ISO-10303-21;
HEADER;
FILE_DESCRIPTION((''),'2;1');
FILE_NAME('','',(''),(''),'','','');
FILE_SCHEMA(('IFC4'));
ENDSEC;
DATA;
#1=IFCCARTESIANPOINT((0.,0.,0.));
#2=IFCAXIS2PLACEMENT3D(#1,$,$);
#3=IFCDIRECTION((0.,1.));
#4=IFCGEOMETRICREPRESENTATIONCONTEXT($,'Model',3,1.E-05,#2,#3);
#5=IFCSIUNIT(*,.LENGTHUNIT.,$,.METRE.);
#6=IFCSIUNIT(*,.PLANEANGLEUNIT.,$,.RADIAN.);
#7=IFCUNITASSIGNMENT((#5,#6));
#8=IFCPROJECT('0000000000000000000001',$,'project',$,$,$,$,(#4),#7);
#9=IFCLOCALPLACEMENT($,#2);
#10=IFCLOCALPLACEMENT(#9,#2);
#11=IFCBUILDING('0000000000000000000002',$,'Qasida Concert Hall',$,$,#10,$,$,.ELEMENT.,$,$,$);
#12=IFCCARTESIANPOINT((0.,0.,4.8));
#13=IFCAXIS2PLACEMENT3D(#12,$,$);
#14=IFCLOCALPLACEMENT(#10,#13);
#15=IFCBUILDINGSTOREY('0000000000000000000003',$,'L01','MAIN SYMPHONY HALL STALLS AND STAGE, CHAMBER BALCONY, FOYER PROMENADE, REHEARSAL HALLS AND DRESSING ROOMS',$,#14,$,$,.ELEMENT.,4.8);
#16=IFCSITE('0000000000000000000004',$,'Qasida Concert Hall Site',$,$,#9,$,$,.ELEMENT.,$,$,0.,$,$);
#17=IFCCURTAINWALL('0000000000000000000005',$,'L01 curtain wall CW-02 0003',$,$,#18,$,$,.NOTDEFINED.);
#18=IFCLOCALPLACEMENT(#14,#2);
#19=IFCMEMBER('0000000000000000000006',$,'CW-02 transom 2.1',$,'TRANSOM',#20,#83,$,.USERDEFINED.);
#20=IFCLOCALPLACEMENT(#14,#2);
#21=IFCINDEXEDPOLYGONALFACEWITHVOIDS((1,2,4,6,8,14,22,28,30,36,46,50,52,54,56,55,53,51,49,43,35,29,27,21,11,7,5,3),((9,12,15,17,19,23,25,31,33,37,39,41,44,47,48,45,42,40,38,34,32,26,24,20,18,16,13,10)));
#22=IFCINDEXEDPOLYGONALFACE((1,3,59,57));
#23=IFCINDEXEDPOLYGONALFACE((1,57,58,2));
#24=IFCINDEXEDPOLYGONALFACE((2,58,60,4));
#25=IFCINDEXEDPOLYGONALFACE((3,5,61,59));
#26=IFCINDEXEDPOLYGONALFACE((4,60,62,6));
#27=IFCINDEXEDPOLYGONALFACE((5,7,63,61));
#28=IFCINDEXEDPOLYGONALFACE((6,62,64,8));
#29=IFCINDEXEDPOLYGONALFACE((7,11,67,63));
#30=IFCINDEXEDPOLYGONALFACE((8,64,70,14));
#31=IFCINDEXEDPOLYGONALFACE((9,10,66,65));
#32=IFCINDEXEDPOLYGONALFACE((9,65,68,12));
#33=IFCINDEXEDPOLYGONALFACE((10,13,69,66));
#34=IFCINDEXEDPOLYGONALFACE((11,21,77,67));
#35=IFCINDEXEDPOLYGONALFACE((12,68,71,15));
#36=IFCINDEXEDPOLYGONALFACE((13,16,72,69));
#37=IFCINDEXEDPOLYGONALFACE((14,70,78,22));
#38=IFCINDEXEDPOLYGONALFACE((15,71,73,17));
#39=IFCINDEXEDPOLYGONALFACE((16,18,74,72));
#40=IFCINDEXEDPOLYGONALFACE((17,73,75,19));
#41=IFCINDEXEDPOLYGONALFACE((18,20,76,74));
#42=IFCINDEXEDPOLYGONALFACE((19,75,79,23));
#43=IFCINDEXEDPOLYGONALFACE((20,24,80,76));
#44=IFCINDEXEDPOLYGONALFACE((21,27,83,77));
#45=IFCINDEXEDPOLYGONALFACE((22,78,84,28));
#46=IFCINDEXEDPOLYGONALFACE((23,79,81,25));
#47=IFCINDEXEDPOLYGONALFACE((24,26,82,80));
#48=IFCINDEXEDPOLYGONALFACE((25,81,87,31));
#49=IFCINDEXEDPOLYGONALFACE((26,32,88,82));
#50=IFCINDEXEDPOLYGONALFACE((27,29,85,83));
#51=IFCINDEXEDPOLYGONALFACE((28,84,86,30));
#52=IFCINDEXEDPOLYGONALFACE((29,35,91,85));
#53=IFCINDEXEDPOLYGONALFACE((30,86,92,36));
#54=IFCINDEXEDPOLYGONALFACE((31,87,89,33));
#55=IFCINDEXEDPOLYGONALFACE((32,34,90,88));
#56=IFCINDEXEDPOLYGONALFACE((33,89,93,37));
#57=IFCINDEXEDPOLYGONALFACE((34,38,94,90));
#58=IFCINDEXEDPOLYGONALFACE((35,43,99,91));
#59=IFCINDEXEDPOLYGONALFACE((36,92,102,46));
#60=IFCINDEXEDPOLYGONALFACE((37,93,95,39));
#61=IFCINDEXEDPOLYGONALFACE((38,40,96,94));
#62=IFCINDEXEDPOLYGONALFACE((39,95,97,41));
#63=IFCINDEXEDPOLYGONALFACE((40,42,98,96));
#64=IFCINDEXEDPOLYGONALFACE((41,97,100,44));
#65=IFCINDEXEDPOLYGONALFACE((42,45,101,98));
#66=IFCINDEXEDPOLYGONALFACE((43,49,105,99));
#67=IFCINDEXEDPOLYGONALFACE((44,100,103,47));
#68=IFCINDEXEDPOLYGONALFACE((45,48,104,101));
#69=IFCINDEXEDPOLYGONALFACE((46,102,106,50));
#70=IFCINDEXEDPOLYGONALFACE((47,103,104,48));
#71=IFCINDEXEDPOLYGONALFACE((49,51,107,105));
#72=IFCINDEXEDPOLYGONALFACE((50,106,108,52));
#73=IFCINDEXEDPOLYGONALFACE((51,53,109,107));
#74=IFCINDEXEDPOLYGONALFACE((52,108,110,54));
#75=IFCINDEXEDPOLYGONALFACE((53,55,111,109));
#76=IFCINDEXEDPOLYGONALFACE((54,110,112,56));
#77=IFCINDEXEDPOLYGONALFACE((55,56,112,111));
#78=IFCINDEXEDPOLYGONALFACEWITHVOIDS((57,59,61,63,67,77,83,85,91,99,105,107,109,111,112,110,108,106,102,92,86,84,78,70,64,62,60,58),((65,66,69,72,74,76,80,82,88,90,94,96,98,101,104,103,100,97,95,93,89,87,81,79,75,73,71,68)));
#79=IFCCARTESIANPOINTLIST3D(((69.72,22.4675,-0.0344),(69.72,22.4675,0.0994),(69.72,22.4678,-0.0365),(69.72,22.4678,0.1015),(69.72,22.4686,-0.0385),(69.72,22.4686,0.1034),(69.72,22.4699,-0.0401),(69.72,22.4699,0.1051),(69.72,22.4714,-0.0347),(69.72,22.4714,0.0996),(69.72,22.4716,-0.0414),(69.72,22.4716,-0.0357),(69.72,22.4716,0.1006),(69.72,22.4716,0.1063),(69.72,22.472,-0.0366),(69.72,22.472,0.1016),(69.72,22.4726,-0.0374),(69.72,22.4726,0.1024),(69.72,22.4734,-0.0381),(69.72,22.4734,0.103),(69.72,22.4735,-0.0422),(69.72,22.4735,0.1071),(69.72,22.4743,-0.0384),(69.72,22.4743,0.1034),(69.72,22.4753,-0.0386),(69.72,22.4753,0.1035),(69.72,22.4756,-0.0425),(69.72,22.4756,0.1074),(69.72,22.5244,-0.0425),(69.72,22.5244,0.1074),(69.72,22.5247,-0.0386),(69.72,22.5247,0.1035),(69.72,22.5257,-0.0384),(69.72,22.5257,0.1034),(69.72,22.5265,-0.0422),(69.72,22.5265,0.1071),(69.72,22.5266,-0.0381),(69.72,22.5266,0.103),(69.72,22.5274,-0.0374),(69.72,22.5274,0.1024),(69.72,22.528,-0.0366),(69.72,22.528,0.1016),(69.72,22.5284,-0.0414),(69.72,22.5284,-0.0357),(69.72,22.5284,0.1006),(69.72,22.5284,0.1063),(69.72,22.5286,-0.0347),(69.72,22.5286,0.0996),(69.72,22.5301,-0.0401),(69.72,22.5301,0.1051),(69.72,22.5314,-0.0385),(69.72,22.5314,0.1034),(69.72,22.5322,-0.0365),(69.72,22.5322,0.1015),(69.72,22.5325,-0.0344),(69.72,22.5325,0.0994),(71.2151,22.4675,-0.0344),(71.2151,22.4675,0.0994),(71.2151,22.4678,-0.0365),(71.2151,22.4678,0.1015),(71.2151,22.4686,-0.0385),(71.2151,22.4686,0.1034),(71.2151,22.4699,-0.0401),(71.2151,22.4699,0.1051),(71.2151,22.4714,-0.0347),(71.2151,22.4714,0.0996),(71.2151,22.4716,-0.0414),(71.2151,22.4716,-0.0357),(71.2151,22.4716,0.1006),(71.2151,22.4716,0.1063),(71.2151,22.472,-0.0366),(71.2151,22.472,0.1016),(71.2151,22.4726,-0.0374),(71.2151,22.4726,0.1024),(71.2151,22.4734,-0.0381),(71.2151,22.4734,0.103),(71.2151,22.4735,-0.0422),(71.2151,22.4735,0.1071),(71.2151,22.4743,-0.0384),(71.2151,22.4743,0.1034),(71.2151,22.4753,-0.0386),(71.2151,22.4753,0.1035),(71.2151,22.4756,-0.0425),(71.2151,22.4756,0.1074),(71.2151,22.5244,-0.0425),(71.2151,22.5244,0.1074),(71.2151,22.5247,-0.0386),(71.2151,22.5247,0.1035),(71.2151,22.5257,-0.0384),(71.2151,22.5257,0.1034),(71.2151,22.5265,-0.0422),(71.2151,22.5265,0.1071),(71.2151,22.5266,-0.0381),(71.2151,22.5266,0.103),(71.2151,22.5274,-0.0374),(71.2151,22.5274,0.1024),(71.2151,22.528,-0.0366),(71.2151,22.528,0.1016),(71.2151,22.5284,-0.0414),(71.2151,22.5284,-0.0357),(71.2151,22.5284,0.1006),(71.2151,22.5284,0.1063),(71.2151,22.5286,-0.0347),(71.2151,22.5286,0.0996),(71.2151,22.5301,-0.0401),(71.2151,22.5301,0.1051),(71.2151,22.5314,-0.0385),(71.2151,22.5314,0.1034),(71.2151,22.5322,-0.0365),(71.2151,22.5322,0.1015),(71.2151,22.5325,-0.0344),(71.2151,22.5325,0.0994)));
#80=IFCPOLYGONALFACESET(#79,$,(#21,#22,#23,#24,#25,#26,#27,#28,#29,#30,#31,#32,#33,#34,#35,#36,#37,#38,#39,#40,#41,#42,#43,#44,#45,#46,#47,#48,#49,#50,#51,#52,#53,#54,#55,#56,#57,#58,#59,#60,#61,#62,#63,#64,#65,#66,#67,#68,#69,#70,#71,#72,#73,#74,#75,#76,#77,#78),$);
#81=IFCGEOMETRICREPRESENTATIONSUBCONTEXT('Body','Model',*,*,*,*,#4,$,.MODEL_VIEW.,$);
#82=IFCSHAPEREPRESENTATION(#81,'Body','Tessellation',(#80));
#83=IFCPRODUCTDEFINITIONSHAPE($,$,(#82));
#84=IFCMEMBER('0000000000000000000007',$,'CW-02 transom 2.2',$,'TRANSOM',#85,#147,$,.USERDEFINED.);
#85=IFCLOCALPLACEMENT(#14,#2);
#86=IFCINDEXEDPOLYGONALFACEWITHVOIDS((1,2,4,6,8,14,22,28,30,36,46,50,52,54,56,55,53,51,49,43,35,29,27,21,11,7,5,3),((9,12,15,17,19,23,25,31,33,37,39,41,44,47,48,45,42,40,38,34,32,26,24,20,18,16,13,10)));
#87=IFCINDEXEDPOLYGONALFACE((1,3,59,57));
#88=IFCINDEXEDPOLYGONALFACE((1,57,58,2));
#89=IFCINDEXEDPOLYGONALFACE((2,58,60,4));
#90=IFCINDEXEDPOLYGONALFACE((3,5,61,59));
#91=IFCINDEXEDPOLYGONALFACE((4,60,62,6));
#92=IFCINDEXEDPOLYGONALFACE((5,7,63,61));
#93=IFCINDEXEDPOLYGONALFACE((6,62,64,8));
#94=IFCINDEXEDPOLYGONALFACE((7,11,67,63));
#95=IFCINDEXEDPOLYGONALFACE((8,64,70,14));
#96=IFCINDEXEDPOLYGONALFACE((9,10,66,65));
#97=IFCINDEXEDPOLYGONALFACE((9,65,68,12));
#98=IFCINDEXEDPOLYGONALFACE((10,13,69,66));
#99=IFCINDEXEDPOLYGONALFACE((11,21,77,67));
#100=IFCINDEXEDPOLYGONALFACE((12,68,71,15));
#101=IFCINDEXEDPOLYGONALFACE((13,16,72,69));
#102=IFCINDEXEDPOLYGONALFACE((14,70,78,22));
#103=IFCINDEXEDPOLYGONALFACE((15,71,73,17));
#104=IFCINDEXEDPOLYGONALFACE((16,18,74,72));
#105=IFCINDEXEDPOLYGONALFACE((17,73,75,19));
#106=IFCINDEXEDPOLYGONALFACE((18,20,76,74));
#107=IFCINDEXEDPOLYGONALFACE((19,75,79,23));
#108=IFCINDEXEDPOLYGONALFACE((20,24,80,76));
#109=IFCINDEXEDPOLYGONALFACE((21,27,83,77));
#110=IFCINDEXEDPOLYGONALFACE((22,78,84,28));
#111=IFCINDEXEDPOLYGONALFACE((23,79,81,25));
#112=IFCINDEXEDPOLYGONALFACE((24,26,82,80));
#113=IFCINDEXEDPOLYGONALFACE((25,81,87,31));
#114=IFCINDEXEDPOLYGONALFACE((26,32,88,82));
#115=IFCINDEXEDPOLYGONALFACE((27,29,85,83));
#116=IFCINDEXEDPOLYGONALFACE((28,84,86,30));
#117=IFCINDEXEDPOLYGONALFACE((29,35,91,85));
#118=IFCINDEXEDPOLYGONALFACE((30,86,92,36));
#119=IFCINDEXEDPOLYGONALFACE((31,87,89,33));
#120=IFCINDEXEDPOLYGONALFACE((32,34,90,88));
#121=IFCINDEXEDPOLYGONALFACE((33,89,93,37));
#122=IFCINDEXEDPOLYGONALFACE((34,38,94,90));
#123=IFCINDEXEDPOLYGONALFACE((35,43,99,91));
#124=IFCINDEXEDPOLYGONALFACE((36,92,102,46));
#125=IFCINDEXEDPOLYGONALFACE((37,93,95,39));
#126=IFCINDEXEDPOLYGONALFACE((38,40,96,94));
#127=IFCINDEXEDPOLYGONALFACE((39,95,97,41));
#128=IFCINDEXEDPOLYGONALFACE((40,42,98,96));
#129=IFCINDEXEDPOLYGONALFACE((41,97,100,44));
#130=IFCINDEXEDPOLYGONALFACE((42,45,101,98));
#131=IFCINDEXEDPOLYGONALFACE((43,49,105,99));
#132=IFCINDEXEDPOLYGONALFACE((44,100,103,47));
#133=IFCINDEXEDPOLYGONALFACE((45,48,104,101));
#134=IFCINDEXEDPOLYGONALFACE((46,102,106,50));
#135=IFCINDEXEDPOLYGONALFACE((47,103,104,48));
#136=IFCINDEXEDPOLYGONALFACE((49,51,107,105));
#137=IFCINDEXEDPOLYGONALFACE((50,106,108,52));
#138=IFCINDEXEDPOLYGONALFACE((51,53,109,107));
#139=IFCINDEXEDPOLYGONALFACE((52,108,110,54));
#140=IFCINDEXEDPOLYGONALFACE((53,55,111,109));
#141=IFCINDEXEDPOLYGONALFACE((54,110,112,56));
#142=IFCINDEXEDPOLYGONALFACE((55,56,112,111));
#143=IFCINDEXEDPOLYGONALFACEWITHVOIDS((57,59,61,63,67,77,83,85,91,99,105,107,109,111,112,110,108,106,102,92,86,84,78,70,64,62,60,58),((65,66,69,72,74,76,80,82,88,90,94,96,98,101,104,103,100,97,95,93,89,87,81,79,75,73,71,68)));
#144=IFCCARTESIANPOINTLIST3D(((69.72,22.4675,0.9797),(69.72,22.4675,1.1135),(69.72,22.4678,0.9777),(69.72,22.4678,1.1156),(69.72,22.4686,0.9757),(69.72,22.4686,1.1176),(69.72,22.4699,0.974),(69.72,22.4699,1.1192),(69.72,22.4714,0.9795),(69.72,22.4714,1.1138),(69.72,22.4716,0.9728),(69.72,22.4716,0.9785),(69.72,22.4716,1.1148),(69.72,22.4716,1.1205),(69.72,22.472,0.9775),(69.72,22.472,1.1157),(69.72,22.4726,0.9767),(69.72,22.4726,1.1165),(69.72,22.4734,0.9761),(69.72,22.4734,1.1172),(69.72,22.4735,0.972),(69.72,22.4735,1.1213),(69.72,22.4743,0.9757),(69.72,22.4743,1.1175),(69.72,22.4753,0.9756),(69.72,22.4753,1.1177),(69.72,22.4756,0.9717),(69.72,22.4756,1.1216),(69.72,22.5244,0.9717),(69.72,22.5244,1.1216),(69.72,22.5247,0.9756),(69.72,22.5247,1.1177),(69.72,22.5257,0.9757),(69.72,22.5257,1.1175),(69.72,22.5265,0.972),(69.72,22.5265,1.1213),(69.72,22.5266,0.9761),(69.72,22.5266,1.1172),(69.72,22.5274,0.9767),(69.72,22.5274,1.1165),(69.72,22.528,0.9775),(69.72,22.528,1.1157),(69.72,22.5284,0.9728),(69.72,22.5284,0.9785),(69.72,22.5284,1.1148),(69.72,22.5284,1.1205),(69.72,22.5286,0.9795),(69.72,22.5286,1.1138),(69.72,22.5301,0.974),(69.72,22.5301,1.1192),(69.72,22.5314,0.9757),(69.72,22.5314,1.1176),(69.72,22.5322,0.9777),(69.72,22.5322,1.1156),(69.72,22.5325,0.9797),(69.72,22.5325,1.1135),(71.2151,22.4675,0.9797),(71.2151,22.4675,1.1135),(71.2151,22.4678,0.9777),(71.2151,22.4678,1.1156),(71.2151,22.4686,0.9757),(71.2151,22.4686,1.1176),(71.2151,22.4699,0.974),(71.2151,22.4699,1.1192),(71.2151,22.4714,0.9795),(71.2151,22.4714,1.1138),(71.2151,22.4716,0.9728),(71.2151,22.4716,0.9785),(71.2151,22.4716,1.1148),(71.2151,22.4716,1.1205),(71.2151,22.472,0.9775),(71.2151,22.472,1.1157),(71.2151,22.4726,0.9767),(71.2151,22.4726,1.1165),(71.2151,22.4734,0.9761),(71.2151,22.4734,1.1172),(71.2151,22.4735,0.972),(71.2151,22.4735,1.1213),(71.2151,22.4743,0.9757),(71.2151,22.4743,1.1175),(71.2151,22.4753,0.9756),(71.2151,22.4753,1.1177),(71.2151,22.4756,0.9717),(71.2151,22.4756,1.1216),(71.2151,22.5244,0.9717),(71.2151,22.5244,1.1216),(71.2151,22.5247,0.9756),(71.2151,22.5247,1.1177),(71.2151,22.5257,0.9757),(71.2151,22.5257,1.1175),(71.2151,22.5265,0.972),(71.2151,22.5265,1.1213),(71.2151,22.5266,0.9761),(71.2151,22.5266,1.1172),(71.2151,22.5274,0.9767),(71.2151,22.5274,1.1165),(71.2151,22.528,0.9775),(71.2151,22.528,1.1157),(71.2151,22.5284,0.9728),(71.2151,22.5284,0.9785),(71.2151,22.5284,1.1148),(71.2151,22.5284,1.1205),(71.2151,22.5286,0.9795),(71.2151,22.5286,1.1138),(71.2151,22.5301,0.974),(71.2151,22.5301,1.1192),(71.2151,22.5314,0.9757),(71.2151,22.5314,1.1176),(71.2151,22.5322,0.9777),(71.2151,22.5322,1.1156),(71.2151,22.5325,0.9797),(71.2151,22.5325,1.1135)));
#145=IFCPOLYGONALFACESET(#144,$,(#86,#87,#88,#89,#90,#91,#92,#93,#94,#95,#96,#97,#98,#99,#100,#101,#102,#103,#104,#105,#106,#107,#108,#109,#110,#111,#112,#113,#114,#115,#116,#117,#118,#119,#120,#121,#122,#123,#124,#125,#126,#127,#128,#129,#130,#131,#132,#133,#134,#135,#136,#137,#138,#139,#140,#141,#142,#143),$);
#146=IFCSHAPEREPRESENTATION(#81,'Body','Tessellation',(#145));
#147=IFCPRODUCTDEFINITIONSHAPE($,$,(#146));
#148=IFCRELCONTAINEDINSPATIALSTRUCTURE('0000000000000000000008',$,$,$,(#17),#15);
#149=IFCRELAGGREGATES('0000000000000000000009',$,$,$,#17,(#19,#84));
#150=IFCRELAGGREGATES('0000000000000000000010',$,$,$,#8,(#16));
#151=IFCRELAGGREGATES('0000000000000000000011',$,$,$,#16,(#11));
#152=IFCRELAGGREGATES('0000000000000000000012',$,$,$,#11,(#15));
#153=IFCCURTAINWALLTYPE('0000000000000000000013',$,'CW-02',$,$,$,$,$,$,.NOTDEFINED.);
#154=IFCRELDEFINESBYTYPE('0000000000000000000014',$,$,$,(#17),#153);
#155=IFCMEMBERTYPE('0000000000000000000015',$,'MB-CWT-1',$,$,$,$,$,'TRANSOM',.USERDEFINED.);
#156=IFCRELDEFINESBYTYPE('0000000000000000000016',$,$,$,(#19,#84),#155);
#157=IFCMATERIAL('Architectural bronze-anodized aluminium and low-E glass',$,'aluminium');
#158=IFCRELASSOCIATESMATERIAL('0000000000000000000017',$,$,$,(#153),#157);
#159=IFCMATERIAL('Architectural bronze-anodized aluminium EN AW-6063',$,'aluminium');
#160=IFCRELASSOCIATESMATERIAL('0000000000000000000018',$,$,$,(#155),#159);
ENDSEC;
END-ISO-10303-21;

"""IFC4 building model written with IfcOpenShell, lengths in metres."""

from ifc_helpers import new_model, si_unit, direction, frame, origin, origin_2d, place, context, subcontext, project, spatial, hollow_rectangle, extrude, material, material_profile, profile_set, type_object, element, aggregate, save


model = new_model("IFC4")

# Units and contexts
model_context = context("Model", 3, precision=1e-05, world=origin(), true_north=direction((0.0, 1.0)))
body_context = subcontext(model_context, "Body", "Model", "MODEL_VIEW")
ifc_project = project(units=[si_unit("LENGTHUNIT", "METRE"), si_unit("PLANEANGLEUNIT", "RADIAN")], contexts=[model_context])

# Site, building, storey
site_placement = place(None, origin())
site = spatial("IfcSite", under=ifc_project, at=site_placement, Name="Qasida Concert Hall Site", CompositionType="ELEMENT", RefElevation=0.0)
building_placement = place(site_placement, origin())
building = spatial("IfcBuilding", under=site, at=building_placement, Name="Qasida Concert Hall", CompositionType="ELEMENT")
storey_placement = place(building_placement, frame((0.0, 0.0, 4.8)))
storey = spatial("IfcBuildingStorey", under=building, at=storey_placement, Name="L01", Description="MAIN SYMPHONY HALL STALLS AND STAGE, CHAMBER BALCONY, FOYER PROMENADE, REHEARSAL HALLS AND DRESSING ROOMS", CompositionType="ELEMENT", Elevation=4.8)

# Shared definitions
ifc_material_1 = material(Name="Architectural bronze-anodized aluminium and low-E glass", Category="aluminium")
curtain_wall_type = type_object("IfcCurtainWallType", Name="CW-02", PredefinedType="NOTDEFINED", material=ifc_material_1)
ifc_material_2 = material(Name="Architectural bronze-anodized aluminium EN AW-6063", Category="aluminium")

# Curtain wall
curtain_wall_1_placement = place(storey_placement, origin())
curtain_wall_1 = element("IfcCurtainWall", 1, at=curtain_wall_1_placement, inside=storey, type_object=curtain_wall_type, Name="L01 curtain wall CW-02 0003", PredefinedType="NOTDEFINED")

# Members
ifc_material_profile_1 = material_profile(ifc_material_2, hollow_rectangle(XDim=0.0649, YDim=0.1499, WallThickness=0.0039, InnerFilletRadius=0.0039, OuterFilletRadius=0.0081, at=origin_2d()), Name="CWT 150x65x4")
ifc_profile_set_1 = profile_set([ifc_material_profile_1], Name="Architectural bronze-anodized aluminium EN AW-6063")
member_type_1 = type_object("IfcMemberType", Name="MB-CWT-1", ElementType="TRANSOM", PredefinedType="USERDEFINED", material=ifc_profile_set_1)
member_1_placement = place(storey_placement, frame((69.72, 22.5, 0.0325), z_axis=(1.0, 0.0, 0.0), x_axis=(0.0, 1.0, 0.0)))
member_1 = element("IfcMember", 2, at=member_1_placement, type_object=member_type_1, Name="CW-02 transom 2.1", ObjectType="TRANSOM", PredefinedType="USERDEFINED", context=body_context, shape_type="SweptSolid", body=[
    extrude(hollow_rectangle(XDim=0.0649, YDim=0.1499, WallThickness=0.0039, InnerFilletRadius=0.0039, OuterFilletRadius=0.0081, at=origin_2d()), origin(), (0.0, 0.0, 1.0), 1.4951),
])
member_2_placement = place(storey_placement, frame((69.72, 22.5, 1.0466), z_axis=(1.0, 0.0, 0.0), x_axis=(0.0, 1.0, 0.0)))
member_2 = element("IfcMember", 3, at=member_2_placement, type_object=member_type_1, Name="CW-02 transom 2.2", ObjectType="TRANSOM", PredefinedType="USERDEFINED", context=body_context, shape_type="SweptSolid", body=[
    extrude(hollow_rectangle(XDim=0.0649, YDim=0.1499, WallThickness=0.0039, InnerFilletRadius=0.0039, OuterFilletRadius=0.0081, at=origin_2d()), origin(), (0.0, 0.0, 1.0), 1.4951),
])

aggregate(curtain_wall_1, [member_1, member_2])

save(model, "model.ifc")
